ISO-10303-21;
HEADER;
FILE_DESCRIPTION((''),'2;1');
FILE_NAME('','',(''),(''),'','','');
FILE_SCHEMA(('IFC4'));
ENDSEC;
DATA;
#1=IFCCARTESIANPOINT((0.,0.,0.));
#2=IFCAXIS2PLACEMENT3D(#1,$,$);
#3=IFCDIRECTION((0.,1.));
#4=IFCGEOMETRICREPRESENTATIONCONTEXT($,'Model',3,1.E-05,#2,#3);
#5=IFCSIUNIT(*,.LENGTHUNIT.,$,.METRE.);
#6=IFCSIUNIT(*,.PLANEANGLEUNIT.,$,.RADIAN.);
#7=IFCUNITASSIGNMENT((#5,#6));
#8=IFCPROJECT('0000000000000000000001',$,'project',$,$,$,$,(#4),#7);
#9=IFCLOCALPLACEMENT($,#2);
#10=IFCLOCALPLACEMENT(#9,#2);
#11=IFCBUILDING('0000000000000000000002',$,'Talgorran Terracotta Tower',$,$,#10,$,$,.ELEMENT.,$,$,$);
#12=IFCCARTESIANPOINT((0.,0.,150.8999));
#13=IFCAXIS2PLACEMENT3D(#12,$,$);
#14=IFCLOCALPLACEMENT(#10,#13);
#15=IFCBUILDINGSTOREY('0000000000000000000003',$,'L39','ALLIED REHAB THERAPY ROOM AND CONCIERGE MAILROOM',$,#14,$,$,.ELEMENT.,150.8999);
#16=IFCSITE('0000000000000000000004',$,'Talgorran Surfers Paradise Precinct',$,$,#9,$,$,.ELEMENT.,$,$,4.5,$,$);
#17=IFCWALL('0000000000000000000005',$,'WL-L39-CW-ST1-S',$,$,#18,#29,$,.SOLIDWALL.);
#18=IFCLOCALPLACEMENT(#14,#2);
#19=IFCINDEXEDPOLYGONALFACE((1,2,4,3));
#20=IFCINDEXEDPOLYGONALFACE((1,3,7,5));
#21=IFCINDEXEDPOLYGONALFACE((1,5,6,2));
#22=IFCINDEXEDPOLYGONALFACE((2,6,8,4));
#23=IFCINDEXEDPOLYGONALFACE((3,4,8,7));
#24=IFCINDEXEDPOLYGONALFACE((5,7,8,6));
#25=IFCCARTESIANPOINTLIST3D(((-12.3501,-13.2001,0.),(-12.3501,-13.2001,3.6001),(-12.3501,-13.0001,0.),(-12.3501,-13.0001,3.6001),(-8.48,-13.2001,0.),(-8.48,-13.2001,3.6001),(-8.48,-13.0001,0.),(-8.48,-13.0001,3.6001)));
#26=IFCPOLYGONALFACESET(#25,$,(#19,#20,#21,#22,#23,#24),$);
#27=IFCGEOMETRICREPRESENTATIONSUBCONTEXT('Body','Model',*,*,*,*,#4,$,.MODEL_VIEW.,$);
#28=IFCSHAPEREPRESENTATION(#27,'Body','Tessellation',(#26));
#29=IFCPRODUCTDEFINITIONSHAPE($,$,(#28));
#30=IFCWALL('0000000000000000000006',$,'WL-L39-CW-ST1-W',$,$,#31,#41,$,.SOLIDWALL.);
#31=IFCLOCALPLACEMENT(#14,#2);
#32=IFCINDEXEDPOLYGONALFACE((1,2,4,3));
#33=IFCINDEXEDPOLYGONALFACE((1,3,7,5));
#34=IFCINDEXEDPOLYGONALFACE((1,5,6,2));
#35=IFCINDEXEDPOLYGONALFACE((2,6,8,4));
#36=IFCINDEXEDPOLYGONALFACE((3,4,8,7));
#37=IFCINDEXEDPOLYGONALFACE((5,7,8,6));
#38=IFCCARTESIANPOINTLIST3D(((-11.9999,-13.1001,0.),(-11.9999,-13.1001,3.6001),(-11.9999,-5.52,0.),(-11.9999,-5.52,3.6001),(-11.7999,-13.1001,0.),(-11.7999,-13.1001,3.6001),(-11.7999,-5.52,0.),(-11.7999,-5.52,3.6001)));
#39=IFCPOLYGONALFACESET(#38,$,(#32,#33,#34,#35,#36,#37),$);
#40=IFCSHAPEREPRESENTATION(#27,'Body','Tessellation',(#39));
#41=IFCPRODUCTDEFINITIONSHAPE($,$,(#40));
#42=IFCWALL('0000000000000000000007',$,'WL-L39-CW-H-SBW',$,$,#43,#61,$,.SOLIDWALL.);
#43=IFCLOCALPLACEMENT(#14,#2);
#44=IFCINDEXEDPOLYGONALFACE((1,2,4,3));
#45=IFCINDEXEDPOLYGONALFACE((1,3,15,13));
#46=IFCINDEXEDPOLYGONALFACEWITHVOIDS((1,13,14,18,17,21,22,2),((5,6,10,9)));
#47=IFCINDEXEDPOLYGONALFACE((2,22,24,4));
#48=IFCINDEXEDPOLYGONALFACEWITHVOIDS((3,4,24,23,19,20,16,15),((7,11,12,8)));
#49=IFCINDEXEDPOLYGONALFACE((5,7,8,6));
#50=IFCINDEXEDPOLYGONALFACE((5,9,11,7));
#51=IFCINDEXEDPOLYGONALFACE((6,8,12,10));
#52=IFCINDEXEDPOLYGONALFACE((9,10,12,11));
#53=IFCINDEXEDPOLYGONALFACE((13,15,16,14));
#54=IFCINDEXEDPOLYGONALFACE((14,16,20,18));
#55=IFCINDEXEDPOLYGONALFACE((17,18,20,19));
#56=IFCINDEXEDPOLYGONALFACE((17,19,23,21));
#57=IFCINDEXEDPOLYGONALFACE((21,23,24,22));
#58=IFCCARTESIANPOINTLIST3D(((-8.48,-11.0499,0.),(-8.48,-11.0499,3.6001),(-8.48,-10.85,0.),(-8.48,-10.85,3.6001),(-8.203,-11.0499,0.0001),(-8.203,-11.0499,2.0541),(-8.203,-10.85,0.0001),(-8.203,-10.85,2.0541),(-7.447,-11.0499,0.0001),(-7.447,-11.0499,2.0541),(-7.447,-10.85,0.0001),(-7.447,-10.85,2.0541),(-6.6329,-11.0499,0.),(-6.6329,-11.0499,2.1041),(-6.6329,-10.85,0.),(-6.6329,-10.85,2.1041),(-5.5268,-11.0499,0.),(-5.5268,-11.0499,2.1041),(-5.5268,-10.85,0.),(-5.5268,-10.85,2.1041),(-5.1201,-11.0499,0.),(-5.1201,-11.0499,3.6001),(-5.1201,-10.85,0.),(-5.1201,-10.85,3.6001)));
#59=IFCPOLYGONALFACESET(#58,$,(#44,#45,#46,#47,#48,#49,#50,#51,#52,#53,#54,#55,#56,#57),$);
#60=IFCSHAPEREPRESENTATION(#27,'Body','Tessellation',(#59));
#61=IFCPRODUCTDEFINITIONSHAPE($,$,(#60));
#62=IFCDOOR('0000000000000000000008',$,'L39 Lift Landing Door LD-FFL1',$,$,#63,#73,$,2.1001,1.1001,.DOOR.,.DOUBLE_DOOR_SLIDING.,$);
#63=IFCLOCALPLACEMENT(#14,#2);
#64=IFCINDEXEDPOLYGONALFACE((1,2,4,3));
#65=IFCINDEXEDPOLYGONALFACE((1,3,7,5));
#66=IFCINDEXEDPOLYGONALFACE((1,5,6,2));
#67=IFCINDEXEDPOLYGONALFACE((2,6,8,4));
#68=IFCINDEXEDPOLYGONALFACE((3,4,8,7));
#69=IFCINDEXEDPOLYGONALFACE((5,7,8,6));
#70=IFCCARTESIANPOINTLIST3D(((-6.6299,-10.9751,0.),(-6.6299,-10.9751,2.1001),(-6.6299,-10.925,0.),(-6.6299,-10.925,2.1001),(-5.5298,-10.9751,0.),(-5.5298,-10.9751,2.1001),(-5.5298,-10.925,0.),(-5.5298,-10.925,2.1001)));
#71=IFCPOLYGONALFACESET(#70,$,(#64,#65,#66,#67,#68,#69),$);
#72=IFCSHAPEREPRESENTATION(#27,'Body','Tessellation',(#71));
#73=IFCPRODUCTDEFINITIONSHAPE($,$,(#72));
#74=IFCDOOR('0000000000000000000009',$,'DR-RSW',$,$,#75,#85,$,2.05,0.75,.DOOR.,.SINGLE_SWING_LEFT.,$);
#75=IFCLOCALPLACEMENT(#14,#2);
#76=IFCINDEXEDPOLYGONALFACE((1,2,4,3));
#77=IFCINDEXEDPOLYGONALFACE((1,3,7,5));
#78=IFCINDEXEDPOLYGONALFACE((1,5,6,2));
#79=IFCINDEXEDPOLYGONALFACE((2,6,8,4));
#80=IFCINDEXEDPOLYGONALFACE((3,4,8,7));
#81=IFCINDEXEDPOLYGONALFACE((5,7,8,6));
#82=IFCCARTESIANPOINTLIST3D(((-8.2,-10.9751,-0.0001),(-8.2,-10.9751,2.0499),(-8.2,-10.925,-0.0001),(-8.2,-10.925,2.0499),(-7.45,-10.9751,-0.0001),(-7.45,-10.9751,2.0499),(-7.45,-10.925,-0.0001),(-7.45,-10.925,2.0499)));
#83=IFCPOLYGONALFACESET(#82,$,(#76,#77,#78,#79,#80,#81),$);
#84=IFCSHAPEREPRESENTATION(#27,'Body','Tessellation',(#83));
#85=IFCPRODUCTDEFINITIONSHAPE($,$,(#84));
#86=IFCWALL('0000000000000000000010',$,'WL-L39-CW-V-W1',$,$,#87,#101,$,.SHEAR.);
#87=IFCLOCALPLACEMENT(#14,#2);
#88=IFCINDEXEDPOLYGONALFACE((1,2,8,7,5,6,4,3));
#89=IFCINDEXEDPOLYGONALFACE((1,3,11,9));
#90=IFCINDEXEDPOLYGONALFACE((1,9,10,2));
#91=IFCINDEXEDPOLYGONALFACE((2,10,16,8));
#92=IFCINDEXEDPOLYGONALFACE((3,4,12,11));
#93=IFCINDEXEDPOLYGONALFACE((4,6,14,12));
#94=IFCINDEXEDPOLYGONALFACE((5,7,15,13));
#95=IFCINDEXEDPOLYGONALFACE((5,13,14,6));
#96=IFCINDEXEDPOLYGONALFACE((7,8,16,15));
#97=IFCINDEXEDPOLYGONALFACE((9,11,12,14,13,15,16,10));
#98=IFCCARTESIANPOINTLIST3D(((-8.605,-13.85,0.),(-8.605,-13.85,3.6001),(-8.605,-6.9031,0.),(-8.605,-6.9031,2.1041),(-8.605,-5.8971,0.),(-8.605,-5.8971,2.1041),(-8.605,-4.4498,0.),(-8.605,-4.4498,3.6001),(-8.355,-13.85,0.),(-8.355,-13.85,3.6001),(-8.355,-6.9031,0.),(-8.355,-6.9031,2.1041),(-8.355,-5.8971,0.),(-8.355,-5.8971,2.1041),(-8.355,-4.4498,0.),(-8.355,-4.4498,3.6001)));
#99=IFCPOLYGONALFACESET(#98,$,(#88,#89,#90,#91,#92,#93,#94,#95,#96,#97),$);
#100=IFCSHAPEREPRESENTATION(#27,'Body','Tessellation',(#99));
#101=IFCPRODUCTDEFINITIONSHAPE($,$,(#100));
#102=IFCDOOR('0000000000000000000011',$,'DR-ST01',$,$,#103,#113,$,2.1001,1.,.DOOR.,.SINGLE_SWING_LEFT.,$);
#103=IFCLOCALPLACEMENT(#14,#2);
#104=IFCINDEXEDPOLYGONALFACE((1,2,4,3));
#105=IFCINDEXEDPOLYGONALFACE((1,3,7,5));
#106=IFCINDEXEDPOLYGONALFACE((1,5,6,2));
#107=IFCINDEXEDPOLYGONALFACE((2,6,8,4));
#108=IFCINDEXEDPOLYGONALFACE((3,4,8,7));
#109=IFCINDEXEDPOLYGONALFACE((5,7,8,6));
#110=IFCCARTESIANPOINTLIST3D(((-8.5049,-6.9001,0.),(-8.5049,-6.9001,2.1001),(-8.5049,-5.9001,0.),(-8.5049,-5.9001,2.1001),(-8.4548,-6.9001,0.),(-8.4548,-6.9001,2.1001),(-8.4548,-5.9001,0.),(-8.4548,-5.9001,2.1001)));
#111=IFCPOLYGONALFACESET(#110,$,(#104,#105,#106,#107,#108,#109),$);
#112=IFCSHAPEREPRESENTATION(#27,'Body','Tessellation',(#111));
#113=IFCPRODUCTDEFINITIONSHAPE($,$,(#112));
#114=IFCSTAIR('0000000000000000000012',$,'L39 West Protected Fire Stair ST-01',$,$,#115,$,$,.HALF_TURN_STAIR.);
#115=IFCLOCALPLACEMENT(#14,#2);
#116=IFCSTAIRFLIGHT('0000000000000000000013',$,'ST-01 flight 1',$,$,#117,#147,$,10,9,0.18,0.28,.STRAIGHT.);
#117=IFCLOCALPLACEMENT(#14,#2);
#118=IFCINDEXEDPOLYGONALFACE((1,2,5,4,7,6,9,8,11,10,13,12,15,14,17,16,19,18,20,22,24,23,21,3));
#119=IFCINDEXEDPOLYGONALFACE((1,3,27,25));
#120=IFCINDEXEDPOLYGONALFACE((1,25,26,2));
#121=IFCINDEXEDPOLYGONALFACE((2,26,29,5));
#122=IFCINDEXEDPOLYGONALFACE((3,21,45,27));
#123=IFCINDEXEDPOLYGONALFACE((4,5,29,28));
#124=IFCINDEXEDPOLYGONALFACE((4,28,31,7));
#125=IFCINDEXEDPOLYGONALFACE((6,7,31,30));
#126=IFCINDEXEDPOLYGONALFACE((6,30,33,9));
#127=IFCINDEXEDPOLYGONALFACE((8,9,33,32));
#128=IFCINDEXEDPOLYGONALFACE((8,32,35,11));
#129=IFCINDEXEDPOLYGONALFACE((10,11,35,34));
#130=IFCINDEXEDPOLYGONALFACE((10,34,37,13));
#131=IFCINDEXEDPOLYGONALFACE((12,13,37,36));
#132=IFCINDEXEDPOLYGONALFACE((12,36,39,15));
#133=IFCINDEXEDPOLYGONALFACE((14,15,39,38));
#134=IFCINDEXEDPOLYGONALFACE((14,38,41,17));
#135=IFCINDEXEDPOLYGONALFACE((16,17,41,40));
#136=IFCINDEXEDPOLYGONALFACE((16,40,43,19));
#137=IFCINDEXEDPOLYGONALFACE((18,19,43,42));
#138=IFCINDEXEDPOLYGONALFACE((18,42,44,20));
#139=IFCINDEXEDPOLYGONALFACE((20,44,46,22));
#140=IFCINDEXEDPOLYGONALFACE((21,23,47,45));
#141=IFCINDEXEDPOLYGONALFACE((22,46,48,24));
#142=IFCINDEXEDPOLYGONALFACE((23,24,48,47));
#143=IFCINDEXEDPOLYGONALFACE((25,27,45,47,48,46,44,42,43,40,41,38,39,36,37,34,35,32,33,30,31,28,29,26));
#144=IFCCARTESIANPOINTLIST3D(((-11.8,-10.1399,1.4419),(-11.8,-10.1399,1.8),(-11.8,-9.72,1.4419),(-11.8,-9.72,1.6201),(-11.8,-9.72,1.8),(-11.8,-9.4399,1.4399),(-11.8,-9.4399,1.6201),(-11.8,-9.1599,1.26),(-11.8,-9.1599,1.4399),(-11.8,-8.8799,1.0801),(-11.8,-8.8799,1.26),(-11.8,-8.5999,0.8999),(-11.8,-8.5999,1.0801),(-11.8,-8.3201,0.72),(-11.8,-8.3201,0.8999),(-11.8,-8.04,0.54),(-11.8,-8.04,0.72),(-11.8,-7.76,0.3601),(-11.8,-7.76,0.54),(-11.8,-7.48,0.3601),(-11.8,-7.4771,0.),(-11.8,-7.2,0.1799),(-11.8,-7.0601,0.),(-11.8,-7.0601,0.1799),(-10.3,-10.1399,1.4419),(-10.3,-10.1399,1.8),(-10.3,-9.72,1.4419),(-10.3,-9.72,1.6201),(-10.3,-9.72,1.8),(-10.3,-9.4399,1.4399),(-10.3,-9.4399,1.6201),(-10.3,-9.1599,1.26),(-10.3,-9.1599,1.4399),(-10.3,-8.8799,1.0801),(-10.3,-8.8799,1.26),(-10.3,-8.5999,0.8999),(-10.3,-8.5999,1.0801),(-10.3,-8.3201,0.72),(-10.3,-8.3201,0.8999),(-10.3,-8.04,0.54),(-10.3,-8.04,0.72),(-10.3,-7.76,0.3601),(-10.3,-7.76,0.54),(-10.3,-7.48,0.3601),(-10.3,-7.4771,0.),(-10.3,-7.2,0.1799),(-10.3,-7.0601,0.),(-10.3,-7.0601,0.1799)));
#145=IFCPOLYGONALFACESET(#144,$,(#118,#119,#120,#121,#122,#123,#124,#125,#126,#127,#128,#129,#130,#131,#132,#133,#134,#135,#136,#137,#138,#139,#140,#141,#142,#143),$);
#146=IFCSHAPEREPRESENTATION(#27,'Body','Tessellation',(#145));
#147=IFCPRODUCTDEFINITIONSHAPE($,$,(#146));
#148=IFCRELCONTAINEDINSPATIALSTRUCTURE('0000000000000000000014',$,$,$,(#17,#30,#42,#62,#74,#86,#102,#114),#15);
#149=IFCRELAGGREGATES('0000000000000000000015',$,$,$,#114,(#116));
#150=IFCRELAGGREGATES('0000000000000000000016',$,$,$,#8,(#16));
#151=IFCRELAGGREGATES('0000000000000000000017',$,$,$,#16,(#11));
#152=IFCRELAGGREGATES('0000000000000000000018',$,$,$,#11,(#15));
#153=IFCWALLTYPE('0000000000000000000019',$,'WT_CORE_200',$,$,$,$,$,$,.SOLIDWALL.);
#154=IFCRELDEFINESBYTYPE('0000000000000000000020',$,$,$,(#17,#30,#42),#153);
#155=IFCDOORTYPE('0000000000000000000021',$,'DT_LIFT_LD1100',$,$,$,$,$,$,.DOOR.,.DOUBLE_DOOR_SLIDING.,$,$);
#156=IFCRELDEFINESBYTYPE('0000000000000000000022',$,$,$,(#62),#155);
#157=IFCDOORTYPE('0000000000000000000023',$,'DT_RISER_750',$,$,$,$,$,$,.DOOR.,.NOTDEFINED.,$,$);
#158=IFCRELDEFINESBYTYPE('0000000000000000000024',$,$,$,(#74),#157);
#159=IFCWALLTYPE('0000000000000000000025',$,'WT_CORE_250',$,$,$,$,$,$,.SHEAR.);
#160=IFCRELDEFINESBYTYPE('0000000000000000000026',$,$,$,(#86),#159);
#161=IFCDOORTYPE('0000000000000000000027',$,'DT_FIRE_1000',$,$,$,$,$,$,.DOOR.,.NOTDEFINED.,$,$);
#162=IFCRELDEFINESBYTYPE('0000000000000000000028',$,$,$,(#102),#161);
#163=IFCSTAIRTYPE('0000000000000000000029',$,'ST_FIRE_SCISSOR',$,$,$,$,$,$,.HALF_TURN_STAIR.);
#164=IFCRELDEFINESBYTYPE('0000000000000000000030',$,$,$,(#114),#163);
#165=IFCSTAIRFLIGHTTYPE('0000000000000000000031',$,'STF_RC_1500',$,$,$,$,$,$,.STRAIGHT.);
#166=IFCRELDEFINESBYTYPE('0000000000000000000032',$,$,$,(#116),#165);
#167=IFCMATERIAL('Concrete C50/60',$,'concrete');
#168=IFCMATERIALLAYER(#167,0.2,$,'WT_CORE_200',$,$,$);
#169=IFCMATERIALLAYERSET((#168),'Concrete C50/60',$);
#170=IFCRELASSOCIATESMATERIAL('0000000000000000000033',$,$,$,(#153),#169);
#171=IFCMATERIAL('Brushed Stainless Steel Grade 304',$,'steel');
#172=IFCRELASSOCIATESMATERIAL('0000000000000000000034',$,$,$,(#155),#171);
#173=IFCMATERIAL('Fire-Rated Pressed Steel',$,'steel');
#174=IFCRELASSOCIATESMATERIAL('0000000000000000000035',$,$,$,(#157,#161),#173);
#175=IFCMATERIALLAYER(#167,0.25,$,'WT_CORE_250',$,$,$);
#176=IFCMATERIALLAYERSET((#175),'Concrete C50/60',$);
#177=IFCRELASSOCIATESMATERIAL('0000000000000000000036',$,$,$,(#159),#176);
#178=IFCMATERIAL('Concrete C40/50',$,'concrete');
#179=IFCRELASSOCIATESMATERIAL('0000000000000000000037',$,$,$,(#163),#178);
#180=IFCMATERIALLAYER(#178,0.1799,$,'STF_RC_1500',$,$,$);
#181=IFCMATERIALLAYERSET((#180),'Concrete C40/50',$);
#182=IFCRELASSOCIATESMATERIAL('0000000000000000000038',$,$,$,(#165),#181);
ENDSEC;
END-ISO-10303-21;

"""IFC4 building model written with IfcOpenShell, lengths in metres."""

from ifc_helpers import new_model, si_unit, direction, frame, frame_2d, origin, place, context, subcontext, project, spatial, polyline, rectangle, outline, extrude, material, layer, layer_set, type_object, element, fill, aggregate, save


model = new_model("IFC4")

# Units and contexts
model_context = context("Model", 3, precision=1e-05, world=origin(), true_north=direction((0.0, 1.0)))
body_context = subcontext(model_context, "Body", "Model", "MODEL_VIEW")
ifc_project = project(units=[si_unit("LENGTHUNIT", "METRE"), si_unit("PLANEANGLEUNIT", "RADIAN")], contexts=[model_context])

# Site, building, storey
site_placement = place(None, origin())
site = spatial("IfcSite", under=ifc_project, at=site_placement, Name="Talgorran Surfers Paradise Precinct", CompositionType="ELEMENT", RefElevation=4.5)
building_placement = place(site_placement, origin())
building = spatial("IfcBuilding", under=site, at=building_placement, Name="Talgorran Terracotta Tower", CompositionType="ELEMENT")
storey_placement = place(building_placement, frame((0.0, 0.0, 150.8999)))
storey = spatial("IfcBuildingStorey", under=building, at=storey_placement, Name="L39", Description="ALLIED REHAB THERAPY ROOM AND CONCIERGE MAILROOM", CompositionType="ELEMENT", Elevation=150.8999)

# Shared definitions
ifc_material_1 = material(Name="Concrete C50/60", Category="concrete")

# Walls
ifc_layer_1 = layer(ifc_material_1, 0.2, Name="WT_CORE_200")
ifc_layer_set_1 = layer_set([ifc_layer_1], Name="Concrete C50/60")
wall_type_1 = type_object("IfcWallType", Name="WT_CORE_200", PredefinedType="SOLIDWALL", material=ifc_layer_set_1)
for number, where, z_axis, x_axis, name in (
    (1, (-12.3501, -13.1001, 0.0), (0.0, 0.0, 1.0), (1.0, 0.0, 0.0), "WL-L39-CW-ST1-S"),
):
    element("IfcWall", number, at=place(storey_placement, frame(where, z_axis=z_axis, x_axis=x_axis)), inside=storey, type_object=wall_type_1, Name=name, PredefinedType="SOLIDWALL", context=body_context, shape_type="SweptSolid", body=[
        extrude(rectangle(XDim=3.8701, YDim=0.2, at=frame_2d((1.9351, 0.0))), origin(), (0.0, 0.0, 1.0), 3.6001),
    ])
wall_1_placement = place(storey_placement, frame((-11.8999, -13.1001, 0.0), z_axis=(0.0, 0.0, 1.0), x_axis=(0.0, 1.0, 0.0)))
element("IfcWall", 2, at=wall_1_placement, inside=storey, type_object=wall_type_1, Name="WL-L39-CW-ST1-W", PredefinedType="SOLIDWALL", context=body_context, shape_type="SweptSolid", body=[
    extrude(rectangle(XDim=7.5801, YDim=0.2, at=frame_2d((3.79, 0.0))), origin(), (0.0, 0.0, 1.0), 3.6001),
])

# Wall, openings, doors
wall_2_placement = place(storey_placement, frame((-8.48, -10.95, 0.0), z_axis=(0.0, 0.0, 1.0), x_axis=(1.0, 0.0, 0.0)))
wall_2 = element("IfcWall", 3, at=wall_2_placement, inside=storey, type_object=wall_type_1, Name="WL-L39-CW-H-SBW", PredefinedType="SOLIDWALL", context=body_context, shape_type="SweptSolid", body=[
    extrude(rectangle(XDim=3.3599, YDim=0.2, at=frame_2d((1.6799, 0.0))), origin(), (0.0, 0.0, 1.0), 3.6001),
])
opening_1_placement = place(wall_2_placement, frame((0.28, 0.0, 0.0)))
opening_1 = element("IfcOpeningElement", 4, at=opening_1_placement, cuts=wall_2, PredefinedType="OPENING", context=body_context, shape_type="SweptSolid", body=[
    extrude(rectangle(XDim=0.756, YDim=2.054, at=frame_2d((0.375, 1.0271))), frame((0.0, 0.1099, 0.0), z_axis=(0.0, -1.0, 0.0), x_axis=(1.0, 0.0, 0.0)), (0.0, 0.0, 1.0), 0.22),
])
opening_2_placement = place(wall_2_placement, frame((1.8501, 0.0, 0.0)))
opening_2 = element("IfcOpeningElement", 5, at=opening_2_placement, cuts=wall_2, PredefinedType="OPENING", context=body_context, shape_type="SweptSolid", body=[
    extrude(rectangle(XDim=1.1061, YDim=2.1041, at=frame_2d((0.55, 1.052))), frame((0.0, 0.1099, 0.0), z_axis=(0.0, -1.0, 0.0), x_axis=(1.0, 0.0, 0.0)), (0.0, 0.0, 1.0), 0.22),
])
ifc_material_2 = material(Name="Brushed Stainless Steel Grade 304", Category="steel")
door_type_1 = type_object("IfcDoorType", Name="DT_LIFT_LD1100", OperationType="DOUBLE_DOOR_SLIDING", PredefinedType="DOOR", material=ifc_material_2)
door_1_placement = place(opening_2_placement, origin())
door_1 = element("IfcDoor", 6, at=door_1_placement, inside=storey, type_object=door_type_1, Name="L39 Lift Landing Door LD-FFL1", OperationType="DOUBLE_DOOR_SLIDING", OverallHeight=2.1001, OverallWidth=1.1001, PredefinedType="DOOR", context=body_context, shape_type="SweptSolid", body=[
    extrude(rectangle(XDim=1.1001, YDim=2.1001, at=frame_2d((0.55, 1.05))), frame((0.0, 0.0249, 0.0), z_axis=(0.0, -1.0, 0.0), x_axis=(1.0, 0.0, 0.0)), (0.0, 0.0, 1.0), 0.05),
])
fill(opening_2, door_1)
ifc_material_3 = material(Name="Fire-Rated Pressed Steel", Category="steel")
door_type_2 = type_object("IfcDoorType", Name="DT_RISER_750", OperationType="NOTDEFINED", PredefinedType="DOOR", material=ifc_material_3)
door_2_placement = place(opening_1_placement, origin())
door_2 = element("IfcDoor", 7, at=door_2_placement, inside=storey, type_object=door_type_2, Name="DR-RSW", OperationType="SINGLE_SWING_LEFT", OverallHeight=2.05, OverallWidth=0.75, PredefinedType="DOOR", context=body_context, shape_type="SweptSolid", body=[
    extrude(rectangle(XDim=0.75, YDim=2.05, at=frame_2d((0.375, 1.0249))), frame((0.0, 0.0249, 0.0), z_axis=(0.0, -1.0, 0.0), x_axis=(1.0, 0.0, 0.0)), (0.0, 0.0, 1.0), 0.05),
])
fill(opening_1, door_2)

# Wall, opening, door
ifc_layer_2 = layer(ifc_material_1, 0.25, Name="WT_CORE_250")
ifc_layer_set_2 = layer_set([ifc_layer_2], Name="Concrete C50/60")
wall_type_2 = type_object("IfcWallType", Name="WT_CORE_250", PredefinedType="SHEAR", material=ifc_layer_set_2)
wall_3_placement = place(storey_placement, frame((-8.48, -13.8501, 0.0), z_axis=(0.0, 0.0, 1.0), x_axis=(0.0, 1.0, 0.0)))
wall_3 = element("IfcWall", 8, at=wall_3_placement, inside=storey, type_object=wall_type_2, Name="WL-L39-CW-V-W1", PredefinedType="SHEAR", context=body_context, shape_type="SweptSolid", body=[
    extrude(rectangle(XDim=9.4001, YDim=0.25, at=frame_2d((4.7002, 0.0))), origin(), (0.0, 0.0, 1.0), 3.6001),
])
opening_3_placement = place(wall_3_placement, frame((6.95, 0.0, 0.0)))
opening_3 = element("IfcOpeningElement", 9, at=opening_3_placement, cuts=wall_3, PredefinedType="OPENING", context=body_context, shape_type="SweptSolid", body=[
    extrude(rectangle(XDim=1.006, YDim=2.1041, at=frame_2d((0.5, 1.052))), frame((0.0, 0.135, 0.0), z_axis=(0.0, -1.0, 0.0), x_axis=(1.0, 0.0, 0.0)), (0.0, 0.0, 1.0), 0.27),
])
door_type_3 = type_object("IfcDoorType", Name="DT_FIRE_1000", OperationType="NOTDEFINED", PredefinedType="DOOR", material=ifc_material_3)
door_3_placement = place(opening_3_placement, origin())
door_3 = element("IfcDoor", 10, at=door_3_placement, inside=storey, type_object=door_type_3, Name="DR-ST01", OperationType="SINGLE_SWING_LEFT", OverallHeight=2.1001, OverallWidth=1.0, PredefinedType="DOOR", context=body_context, shape_type="SweptSolid", body=[
    extrude(rectangle(XDim=1.0, YDim=2.1001, at=frame_2d((0.5, 1.05))), frame((0.0, 0.0249, 0.0), z_axis=(0.0, -1.0, 0.0), x_axis=(1.0, 0.0, 0.0)), (0.0, 0.0, 1.0), 0.05),
])
fill(opening_3, door_3)

# Stair, stair flight
ifc_material_4 = material(Name="Concrete C40/50", Category="concrete")
stair_type = type_object("IfcStairType", Name="ST_FIRE_SCISSOR", PredefinedType="HALF_TURN_STAIR", material=ifc_material_4)
stair_placement = place(storey_placement, origin())
stair = element("IfcStair", 11, at=stair_placement, inside=storey, type_object=stair_type, Name="L39 West Protected Fire Stair ST-01", PredefinedType="HALF_TURN_STAIR")
ifc_layer_3 = layer(ifc_material_4, 0.1799, Name="STF_RC_1500")
ifc_layer_set_3 = layer_set([ifc_layer_3], Name="Concrete C40/50")
stair_flight_type = type_object("IfcStairFlightType", Name="STF_RC_1500", PredefinedType="STRAIGHT", material=ifc_layer_set_3)
stair_flight_1_placement = place(storey_placement, frame((-11.05, -7.2, 0.0), z_axis=(0.0, 0.0, 1.0), x_axis=(0.0, -1.0, 0.0)))
stair_flight_1 = element("IfcStairFlight", 12, at=stair_flight_1_placement, type_object=stair_flight_type, Name="ST-01 flight 1", NumberOfRisers=10, NumberOfTreads=9, PredefinedType="STRAIGHT", RiserHeight=0.18, TreadLength=0.28, context=body_context, shape_type="SweptSolid", body=[
    extrude(outline(polyline([(-0.1399, 0.0), (-0.1399, 0.1799), (0.0, 0.1799), (0.28, 0.3601), (0.5601, 0.3601), (0.5601, 0.54), (0.8401, 0.54), (0.8401, 0.72), (1.1201, 0.72), (1.1201, 0.8999), (1.3999, 0.8999), (1.3999, 1.0801), (1.6799, 1.0801), (1.6799, 1.26), (1.96, 1.26), (1.96, 1.4399), (2.24, 1.4399), (2.24, 1.6201), (2.52, 1.6201), (2.52, 1.8), (2.9399, 1.8), (2.9399, 1.4419), (2.52, 1.4419), (0.2771, 0.0), (-0.1399, 0.0)])), frame((0.0, 0.75, 0.0), z_axis=(0.0, -1.0, 0.0), x_axis=(1.0, 0.0, 0.0)), (0.0, 0.0, 1.0), 1.5),
])
aggregate(stair, [stair_flight_1])

save(model, "model.ifc")
